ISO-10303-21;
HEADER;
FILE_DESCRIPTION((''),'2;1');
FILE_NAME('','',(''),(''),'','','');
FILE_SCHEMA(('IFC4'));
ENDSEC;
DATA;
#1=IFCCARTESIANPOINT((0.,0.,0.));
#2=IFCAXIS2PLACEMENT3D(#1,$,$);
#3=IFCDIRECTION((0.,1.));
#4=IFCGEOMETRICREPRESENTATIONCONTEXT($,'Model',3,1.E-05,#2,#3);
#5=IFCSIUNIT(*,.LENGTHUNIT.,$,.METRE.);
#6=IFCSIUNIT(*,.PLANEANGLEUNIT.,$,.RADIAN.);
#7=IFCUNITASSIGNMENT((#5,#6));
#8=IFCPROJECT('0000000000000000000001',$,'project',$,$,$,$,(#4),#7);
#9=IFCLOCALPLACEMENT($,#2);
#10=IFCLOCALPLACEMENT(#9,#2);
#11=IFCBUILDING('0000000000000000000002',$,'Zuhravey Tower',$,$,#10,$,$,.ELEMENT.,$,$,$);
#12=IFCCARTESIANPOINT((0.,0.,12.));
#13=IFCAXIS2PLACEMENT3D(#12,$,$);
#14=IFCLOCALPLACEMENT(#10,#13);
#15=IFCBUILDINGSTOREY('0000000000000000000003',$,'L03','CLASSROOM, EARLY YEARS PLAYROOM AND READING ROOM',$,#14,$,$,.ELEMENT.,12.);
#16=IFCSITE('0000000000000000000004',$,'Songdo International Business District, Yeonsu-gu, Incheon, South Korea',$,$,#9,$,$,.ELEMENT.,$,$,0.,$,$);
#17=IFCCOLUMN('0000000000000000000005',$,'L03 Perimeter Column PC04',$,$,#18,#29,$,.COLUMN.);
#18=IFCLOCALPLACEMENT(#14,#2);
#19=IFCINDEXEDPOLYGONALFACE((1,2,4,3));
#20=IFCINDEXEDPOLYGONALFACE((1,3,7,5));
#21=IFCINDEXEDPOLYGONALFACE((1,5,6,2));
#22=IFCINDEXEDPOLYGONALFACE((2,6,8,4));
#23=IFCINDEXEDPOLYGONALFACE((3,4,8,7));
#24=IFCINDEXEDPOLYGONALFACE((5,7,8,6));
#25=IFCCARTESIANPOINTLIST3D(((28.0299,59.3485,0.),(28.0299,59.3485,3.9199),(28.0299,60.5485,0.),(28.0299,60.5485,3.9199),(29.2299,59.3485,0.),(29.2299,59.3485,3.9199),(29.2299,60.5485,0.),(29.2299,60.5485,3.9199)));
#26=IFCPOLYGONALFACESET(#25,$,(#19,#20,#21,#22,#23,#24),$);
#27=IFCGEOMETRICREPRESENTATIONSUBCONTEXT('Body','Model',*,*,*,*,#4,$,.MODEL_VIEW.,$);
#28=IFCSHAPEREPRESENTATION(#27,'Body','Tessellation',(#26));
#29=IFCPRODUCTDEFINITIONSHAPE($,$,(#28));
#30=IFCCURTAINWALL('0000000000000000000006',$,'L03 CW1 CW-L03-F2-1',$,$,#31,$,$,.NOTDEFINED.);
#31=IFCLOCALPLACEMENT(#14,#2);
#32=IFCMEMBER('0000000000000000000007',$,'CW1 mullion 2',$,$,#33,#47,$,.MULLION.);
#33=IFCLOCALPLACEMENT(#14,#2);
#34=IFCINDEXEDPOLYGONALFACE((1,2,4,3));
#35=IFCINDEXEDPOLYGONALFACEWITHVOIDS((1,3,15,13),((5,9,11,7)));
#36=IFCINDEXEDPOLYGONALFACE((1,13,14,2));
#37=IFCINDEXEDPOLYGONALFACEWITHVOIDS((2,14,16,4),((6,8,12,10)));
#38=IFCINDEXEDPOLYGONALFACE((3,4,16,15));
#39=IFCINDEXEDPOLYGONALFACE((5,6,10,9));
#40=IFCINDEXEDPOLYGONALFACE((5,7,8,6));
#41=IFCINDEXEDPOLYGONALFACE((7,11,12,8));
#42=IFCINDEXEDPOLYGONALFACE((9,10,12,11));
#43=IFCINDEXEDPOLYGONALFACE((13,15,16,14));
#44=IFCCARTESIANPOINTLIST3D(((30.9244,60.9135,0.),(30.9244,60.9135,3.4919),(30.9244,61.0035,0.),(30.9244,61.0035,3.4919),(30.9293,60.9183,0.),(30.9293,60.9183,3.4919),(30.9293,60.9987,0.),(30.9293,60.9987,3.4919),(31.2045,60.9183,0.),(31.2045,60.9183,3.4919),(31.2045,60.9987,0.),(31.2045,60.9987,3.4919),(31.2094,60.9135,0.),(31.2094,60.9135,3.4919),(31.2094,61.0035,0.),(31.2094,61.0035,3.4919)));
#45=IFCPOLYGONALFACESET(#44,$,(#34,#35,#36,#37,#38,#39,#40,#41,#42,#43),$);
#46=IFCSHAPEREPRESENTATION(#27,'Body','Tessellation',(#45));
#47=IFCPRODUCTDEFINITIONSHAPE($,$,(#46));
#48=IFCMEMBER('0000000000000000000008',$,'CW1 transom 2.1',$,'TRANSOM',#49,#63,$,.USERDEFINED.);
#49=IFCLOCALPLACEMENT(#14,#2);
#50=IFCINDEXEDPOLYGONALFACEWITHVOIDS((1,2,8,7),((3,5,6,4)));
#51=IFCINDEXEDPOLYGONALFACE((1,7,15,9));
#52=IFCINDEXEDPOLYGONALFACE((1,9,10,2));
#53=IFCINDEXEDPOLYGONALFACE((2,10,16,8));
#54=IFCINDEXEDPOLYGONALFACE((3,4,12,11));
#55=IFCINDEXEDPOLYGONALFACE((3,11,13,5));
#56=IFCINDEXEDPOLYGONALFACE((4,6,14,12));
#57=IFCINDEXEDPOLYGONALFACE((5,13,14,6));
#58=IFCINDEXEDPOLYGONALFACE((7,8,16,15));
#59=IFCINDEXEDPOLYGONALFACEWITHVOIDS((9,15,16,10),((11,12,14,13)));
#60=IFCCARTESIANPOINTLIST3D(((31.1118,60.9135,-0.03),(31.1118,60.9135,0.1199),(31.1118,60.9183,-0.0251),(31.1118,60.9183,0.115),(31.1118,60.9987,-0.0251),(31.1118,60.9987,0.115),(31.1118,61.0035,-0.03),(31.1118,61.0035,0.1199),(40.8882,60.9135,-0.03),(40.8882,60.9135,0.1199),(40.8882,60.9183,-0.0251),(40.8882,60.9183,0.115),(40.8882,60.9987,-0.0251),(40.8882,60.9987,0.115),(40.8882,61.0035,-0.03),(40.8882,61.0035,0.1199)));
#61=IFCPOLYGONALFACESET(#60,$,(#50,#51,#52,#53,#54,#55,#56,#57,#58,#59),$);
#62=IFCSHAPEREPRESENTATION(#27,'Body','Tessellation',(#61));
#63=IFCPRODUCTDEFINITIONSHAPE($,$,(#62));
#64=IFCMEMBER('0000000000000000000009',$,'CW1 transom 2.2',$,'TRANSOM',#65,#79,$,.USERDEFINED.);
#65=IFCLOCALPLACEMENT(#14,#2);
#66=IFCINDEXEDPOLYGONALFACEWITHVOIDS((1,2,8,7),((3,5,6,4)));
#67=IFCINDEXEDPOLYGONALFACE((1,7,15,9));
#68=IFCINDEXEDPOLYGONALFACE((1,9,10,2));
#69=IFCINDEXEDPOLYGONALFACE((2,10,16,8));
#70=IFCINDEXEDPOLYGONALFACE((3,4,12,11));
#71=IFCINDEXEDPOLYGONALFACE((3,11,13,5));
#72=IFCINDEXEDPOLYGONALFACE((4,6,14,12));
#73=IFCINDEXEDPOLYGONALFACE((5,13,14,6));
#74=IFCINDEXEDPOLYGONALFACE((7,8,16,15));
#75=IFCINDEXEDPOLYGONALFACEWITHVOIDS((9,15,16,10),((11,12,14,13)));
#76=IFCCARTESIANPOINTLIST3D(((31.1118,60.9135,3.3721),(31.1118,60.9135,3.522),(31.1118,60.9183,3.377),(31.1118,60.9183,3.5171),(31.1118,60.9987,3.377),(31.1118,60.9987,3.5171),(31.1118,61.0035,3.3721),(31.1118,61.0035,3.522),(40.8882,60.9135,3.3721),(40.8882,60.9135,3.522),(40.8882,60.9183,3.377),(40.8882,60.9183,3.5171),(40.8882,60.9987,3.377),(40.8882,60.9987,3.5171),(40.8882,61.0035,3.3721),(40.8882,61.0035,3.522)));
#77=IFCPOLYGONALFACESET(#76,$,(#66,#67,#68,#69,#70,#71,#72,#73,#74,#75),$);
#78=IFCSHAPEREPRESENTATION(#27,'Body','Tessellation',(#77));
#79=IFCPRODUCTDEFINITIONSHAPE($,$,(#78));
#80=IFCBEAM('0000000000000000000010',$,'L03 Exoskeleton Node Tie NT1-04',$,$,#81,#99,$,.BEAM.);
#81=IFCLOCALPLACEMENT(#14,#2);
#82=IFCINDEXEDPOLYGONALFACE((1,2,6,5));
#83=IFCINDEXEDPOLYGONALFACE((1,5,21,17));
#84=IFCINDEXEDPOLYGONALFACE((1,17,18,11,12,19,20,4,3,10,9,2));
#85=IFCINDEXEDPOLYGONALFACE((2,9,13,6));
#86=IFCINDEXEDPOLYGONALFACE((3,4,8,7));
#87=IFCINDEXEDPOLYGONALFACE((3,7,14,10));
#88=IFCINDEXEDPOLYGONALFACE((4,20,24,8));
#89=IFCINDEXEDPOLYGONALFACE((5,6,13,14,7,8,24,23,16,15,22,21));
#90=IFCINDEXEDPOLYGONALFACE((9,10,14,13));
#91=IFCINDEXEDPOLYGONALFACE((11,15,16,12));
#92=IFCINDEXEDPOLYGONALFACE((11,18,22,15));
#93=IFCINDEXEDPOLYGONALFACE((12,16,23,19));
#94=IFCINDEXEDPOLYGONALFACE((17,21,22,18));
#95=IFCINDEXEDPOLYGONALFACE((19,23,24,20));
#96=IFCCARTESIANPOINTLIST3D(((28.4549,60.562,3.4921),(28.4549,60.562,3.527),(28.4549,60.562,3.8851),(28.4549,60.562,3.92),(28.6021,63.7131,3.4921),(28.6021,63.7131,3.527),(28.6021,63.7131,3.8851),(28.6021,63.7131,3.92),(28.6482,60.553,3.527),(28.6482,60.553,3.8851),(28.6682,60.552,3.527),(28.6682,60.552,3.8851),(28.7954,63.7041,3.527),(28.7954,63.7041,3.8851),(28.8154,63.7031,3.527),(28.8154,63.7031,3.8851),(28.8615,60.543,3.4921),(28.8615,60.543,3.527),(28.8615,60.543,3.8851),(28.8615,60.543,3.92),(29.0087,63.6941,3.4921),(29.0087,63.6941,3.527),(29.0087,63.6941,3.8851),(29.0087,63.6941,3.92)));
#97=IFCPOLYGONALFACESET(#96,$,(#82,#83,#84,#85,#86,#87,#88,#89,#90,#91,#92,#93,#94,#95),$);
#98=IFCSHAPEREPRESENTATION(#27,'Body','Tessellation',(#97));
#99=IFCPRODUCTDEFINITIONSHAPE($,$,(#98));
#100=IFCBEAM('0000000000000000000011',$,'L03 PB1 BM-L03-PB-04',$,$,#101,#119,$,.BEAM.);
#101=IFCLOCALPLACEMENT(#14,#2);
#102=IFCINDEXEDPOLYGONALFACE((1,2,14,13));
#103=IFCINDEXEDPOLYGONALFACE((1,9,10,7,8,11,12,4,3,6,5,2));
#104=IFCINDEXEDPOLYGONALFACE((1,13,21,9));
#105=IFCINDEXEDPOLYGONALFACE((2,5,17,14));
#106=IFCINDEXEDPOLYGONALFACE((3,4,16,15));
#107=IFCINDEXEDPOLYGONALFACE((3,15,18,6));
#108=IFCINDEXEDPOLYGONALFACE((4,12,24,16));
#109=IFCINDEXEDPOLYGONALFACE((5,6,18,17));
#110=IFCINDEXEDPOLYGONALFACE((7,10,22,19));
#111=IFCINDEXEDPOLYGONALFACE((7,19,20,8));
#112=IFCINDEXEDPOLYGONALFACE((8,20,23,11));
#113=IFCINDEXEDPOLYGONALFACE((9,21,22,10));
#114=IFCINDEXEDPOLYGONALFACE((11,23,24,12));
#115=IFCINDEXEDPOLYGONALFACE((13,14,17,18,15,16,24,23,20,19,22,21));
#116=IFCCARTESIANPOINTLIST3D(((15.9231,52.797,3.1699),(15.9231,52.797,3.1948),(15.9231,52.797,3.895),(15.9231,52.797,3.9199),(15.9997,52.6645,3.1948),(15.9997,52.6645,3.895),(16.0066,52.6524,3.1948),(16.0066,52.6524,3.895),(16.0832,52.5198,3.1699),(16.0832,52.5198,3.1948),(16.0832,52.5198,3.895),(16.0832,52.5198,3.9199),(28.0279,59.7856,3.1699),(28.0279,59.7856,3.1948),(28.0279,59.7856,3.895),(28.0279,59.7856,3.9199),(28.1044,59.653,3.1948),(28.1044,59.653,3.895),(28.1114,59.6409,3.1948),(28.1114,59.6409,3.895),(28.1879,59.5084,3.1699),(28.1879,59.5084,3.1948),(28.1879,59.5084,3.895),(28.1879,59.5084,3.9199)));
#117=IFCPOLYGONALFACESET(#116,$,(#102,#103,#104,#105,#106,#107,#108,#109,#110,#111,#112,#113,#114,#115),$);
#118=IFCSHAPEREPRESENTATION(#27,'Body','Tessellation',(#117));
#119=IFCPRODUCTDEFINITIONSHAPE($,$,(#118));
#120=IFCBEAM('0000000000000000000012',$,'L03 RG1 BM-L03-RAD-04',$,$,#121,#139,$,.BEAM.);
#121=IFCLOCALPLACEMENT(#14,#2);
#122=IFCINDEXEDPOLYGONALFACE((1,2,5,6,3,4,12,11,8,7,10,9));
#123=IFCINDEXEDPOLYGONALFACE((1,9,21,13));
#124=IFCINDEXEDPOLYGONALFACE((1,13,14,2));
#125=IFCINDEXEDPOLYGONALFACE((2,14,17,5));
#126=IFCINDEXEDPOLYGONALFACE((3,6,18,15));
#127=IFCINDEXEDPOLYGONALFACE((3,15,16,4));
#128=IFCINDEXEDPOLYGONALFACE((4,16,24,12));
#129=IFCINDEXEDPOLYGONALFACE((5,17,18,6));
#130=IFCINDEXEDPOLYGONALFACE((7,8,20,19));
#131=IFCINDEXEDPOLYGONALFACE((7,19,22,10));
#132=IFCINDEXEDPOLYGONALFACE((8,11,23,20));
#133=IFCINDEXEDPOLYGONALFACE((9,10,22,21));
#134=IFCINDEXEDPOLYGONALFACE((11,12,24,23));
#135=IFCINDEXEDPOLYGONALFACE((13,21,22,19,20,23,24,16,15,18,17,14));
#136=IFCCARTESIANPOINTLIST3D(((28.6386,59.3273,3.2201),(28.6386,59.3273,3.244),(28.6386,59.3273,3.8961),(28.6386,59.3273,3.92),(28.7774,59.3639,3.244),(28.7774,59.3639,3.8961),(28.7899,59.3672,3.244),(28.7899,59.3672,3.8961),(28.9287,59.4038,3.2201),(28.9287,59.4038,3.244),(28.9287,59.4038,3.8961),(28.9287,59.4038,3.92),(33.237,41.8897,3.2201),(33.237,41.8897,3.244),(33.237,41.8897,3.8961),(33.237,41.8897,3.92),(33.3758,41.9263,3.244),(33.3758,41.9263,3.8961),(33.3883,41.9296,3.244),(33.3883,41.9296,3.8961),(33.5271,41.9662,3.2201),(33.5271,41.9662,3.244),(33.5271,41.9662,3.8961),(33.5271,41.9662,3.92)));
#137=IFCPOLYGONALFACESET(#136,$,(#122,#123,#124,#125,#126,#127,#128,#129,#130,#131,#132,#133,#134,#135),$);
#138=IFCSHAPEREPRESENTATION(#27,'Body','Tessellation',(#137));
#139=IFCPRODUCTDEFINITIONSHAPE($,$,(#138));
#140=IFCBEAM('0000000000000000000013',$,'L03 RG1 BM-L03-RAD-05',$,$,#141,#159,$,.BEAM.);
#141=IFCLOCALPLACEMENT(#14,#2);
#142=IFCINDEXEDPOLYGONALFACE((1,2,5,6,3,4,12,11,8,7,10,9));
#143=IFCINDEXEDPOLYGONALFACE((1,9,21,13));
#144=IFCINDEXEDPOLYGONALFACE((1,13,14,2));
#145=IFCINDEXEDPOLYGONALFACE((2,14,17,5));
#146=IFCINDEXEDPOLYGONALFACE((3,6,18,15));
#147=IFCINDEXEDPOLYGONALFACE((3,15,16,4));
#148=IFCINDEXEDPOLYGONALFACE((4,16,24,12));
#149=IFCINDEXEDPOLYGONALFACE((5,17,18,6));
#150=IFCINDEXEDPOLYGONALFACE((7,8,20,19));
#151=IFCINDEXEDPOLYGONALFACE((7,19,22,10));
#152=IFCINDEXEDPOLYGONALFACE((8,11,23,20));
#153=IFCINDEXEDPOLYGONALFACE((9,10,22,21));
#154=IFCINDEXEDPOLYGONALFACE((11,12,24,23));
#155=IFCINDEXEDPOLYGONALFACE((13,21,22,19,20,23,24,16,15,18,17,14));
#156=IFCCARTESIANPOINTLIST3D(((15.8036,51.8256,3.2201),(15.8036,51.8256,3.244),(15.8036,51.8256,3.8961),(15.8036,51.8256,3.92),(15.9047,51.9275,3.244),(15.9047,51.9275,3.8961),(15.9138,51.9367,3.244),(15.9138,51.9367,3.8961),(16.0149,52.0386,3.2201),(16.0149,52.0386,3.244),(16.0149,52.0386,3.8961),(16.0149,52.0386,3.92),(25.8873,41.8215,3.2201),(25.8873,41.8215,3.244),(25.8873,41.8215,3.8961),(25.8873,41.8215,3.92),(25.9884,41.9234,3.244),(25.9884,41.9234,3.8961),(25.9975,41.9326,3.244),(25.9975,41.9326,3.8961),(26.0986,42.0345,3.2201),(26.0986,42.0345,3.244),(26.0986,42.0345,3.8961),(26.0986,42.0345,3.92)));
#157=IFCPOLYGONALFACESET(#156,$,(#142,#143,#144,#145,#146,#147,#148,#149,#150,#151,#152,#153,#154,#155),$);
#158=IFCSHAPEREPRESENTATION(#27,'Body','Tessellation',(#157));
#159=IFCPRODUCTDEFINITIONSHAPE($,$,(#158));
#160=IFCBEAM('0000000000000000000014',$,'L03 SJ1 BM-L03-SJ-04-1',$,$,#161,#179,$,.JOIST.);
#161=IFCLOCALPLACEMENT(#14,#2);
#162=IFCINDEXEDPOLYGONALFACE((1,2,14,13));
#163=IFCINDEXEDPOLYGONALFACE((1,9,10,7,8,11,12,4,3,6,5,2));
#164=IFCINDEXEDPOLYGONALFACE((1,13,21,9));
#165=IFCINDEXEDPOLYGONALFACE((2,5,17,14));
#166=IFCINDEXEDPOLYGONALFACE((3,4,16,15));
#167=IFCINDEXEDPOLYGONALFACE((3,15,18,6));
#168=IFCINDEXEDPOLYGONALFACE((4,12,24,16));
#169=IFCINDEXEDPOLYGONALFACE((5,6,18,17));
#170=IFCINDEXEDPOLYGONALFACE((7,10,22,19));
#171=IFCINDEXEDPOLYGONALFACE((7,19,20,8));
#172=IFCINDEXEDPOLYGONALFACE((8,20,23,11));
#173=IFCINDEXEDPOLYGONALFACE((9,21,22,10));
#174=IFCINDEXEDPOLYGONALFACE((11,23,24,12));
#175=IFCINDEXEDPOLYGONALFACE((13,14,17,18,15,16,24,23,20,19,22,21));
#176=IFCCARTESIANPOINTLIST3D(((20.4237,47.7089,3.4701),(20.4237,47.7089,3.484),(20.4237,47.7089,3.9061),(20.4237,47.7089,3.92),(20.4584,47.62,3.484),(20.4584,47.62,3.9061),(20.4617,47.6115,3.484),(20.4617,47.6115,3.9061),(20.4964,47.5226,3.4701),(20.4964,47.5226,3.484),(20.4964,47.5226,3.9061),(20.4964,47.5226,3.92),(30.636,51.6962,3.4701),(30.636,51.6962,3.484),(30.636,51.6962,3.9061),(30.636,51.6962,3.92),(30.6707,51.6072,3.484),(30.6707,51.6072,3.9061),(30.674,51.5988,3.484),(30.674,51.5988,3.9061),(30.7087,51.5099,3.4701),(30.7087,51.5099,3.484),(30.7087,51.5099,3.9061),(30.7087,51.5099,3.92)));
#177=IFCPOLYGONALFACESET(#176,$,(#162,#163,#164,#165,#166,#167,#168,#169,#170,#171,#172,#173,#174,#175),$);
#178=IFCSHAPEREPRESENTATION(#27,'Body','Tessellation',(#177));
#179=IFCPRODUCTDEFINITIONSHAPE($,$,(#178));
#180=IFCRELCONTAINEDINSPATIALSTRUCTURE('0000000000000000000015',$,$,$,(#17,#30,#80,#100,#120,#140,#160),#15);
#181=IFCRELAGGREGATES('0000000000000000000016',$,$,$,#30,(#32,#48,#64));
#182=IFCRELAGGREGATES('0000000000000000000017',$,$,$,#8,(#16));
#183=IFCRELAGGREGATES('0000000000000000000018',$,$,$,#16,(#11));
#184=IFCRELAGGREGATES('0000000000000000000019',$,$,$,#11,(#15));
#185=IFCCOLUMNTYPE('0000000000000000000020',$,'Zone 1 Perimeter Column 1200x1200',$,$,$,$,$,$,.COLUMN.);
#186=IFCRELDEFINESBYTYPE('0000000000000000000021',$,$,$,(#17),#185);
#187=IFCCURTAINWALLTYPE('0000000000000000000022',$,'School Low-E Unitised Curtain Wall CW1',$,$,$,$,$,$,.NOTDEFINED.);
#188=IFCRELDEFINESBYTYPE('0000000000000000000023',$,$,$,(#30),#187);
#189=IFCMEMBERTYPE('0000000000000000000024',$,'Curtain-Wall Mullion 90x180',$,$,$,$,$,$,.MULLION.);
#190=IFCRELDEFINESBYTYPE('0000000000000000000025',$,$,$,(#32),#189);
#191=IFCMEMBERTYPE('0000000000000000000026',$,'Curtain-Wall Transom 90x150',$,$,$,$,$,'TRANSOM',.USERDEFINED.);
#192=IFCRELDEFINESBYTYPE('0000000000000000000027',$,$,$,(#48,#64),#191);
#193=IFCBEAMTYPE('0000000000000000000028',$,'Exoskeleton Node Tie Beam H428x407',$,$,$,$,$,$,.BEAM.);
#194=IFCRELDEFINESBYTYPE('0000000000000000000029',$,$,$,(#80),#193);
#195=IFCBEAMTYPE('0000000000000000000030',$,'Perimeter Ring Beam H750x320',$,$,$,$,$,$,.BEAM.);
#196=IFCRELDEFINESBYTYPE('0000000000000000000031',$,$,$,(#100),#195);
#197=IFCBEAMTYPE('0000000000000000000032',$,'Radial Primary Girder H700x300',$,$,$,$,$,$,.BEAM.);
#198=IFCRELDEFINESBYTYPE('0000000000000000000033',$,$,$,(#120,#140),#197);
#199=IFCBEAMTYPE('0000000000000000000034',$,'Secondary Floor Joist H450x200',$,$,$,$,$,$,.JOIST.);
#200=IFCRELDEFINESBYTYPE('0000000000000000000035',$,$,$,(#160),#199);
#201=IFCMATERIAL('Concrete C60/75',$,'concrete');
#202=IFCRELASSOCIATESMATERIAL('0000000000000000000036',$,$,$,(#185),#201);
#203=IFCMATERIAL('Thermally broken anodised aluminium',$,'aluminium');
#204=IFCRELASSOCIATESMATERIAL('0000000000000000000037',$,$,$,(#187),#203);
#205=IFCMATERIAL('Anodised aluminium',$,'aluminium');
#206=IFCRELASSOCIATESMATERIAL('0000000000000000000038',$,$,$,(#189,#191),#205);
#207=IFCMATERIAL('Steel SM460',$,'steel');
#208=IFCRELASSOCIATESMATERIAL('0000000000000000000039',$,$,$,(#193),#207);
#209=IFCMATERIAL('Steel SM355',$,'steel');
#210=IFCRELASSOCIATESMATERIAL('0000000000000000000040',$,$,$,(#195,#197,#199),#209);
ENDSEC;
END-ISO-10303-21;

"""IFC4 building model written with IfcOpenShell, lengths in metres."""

from ifc_helpers import new_model, si_unit, direction, frame, origin, origin_2d, place, context, subcontext, project, spatial, rectangle, hollow_rectangle, i_section, extrude, material, material_profile, profile_set, type_object, element, aggregate, save


model = new_model("IFC4")

# Units and contexts
model_context = context("Model", 3, precision=1e-05, world=origin(), true_north=direction((0.0, 1.0)))
body_context = subcontext(model_context, "Body", "Model", "MODEL_VIEW")
ifc_project = project(units=[si_unit("LENGTHUNIT", "METRE"), si_unit("PLANEANGLEUNIT", "RADIAN")], contexts=[model_context])

# Site, building, storey
site_placement = place(None, origin())
site = spatial("IfcSite", under=ifc_project, at=site_placement, Name="Songdo International Business District, Yeonsu-gu, Incheon, South Korea", CompositionType="ELEMENT", RefElevation=0.0)
building_placement = place(site_placement, origin())
building = spatial("IfcBuilding", under=site, at=building_placement, Name="Zuhravey Tower", CompositionType="ELEMENT")
storey_placement = place(building_placement, frame((0.0, 0.0, 12.0)))
storey = spatial("IfcBuildingStorey", under=building, at=storey_placement, Name="L03", Description="CLASSROOM, EARLY YEARS PLAYROOM AND READING ROOM", CompositionType="ELEMENT", Elevation=12.0)

# Column
ifc_material_1 = material(Name="Concrete C60/75", Category="concrete")
ifc_material_profile_1 = material_profile(ifc_material_1, rectangle(XDim=1.2, YDim=1.2, at=origin_2d()), Name="RC-1200x1200")
ifc_profile_set_1 = profile_set([ifc_material_profile_1], Name="Concrete C60/75")
column_type = type_object("IfcColumnType", Name="Zone 1 Perimeter Column 1200x1200", PredefinedType="COLUMN", material=ifc_profile_set_1)
column_placement = place(storey_placement, frame((28.6299, 59.9485, 0.0), z_axis=(0.0, 0.0, 1.0), x_axis=(-1.0, 0.0, 0.0)))
element("IfcColumn", 1, at=column_placement, inside=storey, type_object=column_type, Name="L03 Perimeter Column PC04", PredefinedType="COLUMN", context=body_context, shape_type="SweptSolid", body=[
    extrude(rectangle(XDim=1.2, YDim=1.2, at=origin_2d()), origin(), (0.0, 0.0, 1.0), 3.9199),
])

# Curtain wall, members
ifc_material_2 = material(Name="Thermally broken anodised aluminium", Category="aluminium")
curtain_wall_type = type_object("IfcCurtainWallType", Name="School Low-E Unitised Curtain Wall CW1", PredefinedType="NOTDEFINED", material=ifc_material_2)
curtain_wall_placement = place(storey_placement, origin())
curtain_wall = element("IfcCurtainWall", 2, at=curtain_wall_placement, inside=storey, type_object=curtain_wall_type, Name="L03 CW1 CW-L03-F2-1", PredefinedType="NOTDEFINED")
ifc_material_3 = material(Name="Anodised aluminium", Category="aluminium")
ifc_material_profile_2 = material_profile(ifc_material_3, hollow_rectangle(XDim=0.0901, YDim=0.2849, WallThickness=0.0049, at=origin_2d()), Name="ALU-RHS-90x285x5")
ifc_profile_set_2 = profile_set([ifc_material_profile_2], Name="Anodised aluminium")
member_type_1 = type_object("IfcMemberType", Name="Curtain-Wall Mullion 90x180", PredefinedType="MULLION", material=ifc_profile_set_2)
member_1_placement = place(storey_placement, frame((31.0669, 60.9585, 0.0), z_axis=(0.0, 0.0, 1.0), x_axis=(0.0, 1.0, 0.0)))
member_1 = element("IfcMember", 3, at=member_1_placement, type_object=member_type_1, Name="CW1 mullion 2", PredefinedType="MULLION", context=body_context, shape_type="SweptSolid", body=[
    extrude(hollow_rectangle(XDim=0.0901, YDim=0.2849, WallThickness=0.0049, at=origin_2d()), origin(), (0.0, 0.0, 1.0), 3.4919),
])
ifc_material_profile_3 = material_profile(ifc_material_3, hollow_rectangle(XDim=0.0901, YDim=0.1499, WallThickness=0.0049, at=origin_2d()), Name="ALU-RHS-90x150x5")
ifc_profile_set_3 = profile_set([ifc_material_profile_3], Name="Anodised aluminium")
member_type_2 = type_object("IfcMemberType", Name="Curtain-Wall Transom 90x150", ElementType="TRANSOM", PredefinedType="USERDEFINED", material=ifc_profile_set_3)
member_2_placement = place(storey_placement, frame((31.1118, 60.9585, 0.0449), z_axis=(1.0, 0.0, 0.0), x_axis=(0.0, 1.0, 0.0)))
member_2 = element("IfcMember", 4, at=member_2_placement, type_object=member_type_2, Name="CW1 transom 2.1", ObjectType="TRANSOM", PredefinedType="USERDEFINED", context=body_context, shape_type="SweptSolid", body=[
    extrude(hollow_rectangle(XDim=0.0901, YDim=0.1499, WallThickness=0.0049, at=origin_2d()), origin(), (0.0, 0.0, 1.0), 9.7764),
])
member_3_placement = place(storey_placement, frame((31.1118, 60.9585, 3.447), z_axis=(1.0, 0.0, 0.0), x_axis=(0.0, 1.0, 0.0)))
member_3 = element("IfcMember", 5, at=member_3_placement, type_object=member_type_2, Name="CW1 transom 2.2", ObjectType="TRANSOM", PredefinedType="USERDEFINED", context=body_context, shape_type="SweptSolid", body=[
    extrude(hollow_rectangle(XDim=0.0901, YDim=0.1499, WallThickness=0.0049, at=origin_2d()), origin(), (0.0, 0.0, 1.0), 9.7764),
])

# Beams
ifc_material_4 = material(Name="Steel SM460", Category="steel")
ifc_material_profile_4 = material_profile(ifc_material_4, i_section(OverallWidth=0.407, OverallDepth=0.428, WebThickness=0.02, FlangeThickness=0.0349, at=origin_2d()), Name="H-428x407x20x35")
ifc_profile_set_4 = profile_set([ifc_material_profile_4], Name="Steel SM460")
beam_type_1 = type_object("IfcBeamType", Name="Exoskeleton Node Tie Beam H428x407", PredefinedType="BEAM", material=ifc_profile_set_4)
beam_1_placement = place(storey_placement, frame((28.6582, 60.5525, 3.7061), z_axis=(0.046668, 0.99891, 0.0), x_axis=(-0.99891, 0.046668, 0.0)))
element("IfcBeam", 6, at=beam_1_placement, inside=storey, type_object=beam_type_1, Name="L03 Exoskeleton Node Tie NT1-04", PredefinedType="BEAM", context=body_context, shape_type="SweptSolid", body=[
    extrude(i_section(OverallWidth=0.407, OverallDepth=0.428, WebThickness=0.02, FlangeThickness=0.0349, at=origin_2d()), origin(), (0.0, 0.0, 1.0), 3.1545),
])
ifc_material_5 = material(Name="Steel SM355", Category="steel")
ifc_material_profile_5 = material_profile(ifc_material_5, i_section(OverallWidth=0.3201, OverallDepth=0.75, WebThickness=0.0139, FlangeThickness=0.0249, at=origin_2d()), Name="H-750x320x14x25")
ifc_profile_set_5 = profile_set([ifc_material_profile_5], Name="Steel SM355")
beam_type_2 = type_object("IfcBeamType", Name="Perimeter Ring Beam H750x320", PredefinedType="BEAM", material=ifc_profile_set_5)
beam_2_placement = place(storey_placement, frame((28.1079, 59.647, 3.5449), z_axis=(-0.86603, -0.499992, 0.0), x_axis=(0.499992, -0.86603, 0.0)))
element("IfcBeam", 7, at=beam_2_placement, inside=storey, type_object=beam_type_2, Name="L03 PB1 BM-L03-PB-04", PredefinedType="BEAM", context=body_context, shape_type="SweptSolid", body=[
    extrude(i_section(OverallWidth=0.3201, OverallDepth=0.75, WebThickness=0.0139, FlangeThickness=0.0249, at=origin_2d()), origin(), (0.0, 0.0, 1.0), 13.9773),
])
ifc_material_profile_6 = material_profile(ifc_material_5, i_section(OverallWidth=0.3, OverallDepth=0.7, WebThickness=0.0129, FlangeThickness=0.0239, at=origin_2d()), Name="H-700x300x13x24")
ifc_profile_set_6 = profile_set([ifc_material_profile_6], Name="Steel SM355")
beam_type_3 = type_object("IfcBeamType", Name="Radial Primary Girder H700x300", PredefinedType="BEAM", material=ifc_profile_set_6)
beam_3_placement = place(storey_placement, frame((33.3821, 41.928, 3.5701), z_axis=(-0.25499, 0.966944, 0.0), x_axis=(-0.966944, -0.25499, 0.0)))
element("IfcBeam", 8, at=beam_3_placement, inside=storey, type_object=beam_type_3, Name="L03 RG1 BM-L03-RAD-04", PredefinedType="BEAM", context=body_context, shape_type="SweptSolid", body=[
    extrude(i_section(OverallWidth=0.3, OverallDepth=0.7, WebThickness=0.0129, FlangeThickness=0.0239, at=origin_2d()), origin(), (0.0, 0.0, 1.0), 18.0337),
])
beam_4_placement = place(storey_placement, frame((25.9929, 41.928, 3.5701), z_axis=(-0.709903, 0.7043, 0.0), x_axis=(-0.7043, -0.709903, 0.0)))
element("IfcBeam", 9, at=beam_4_placement, inside=storey, type_object=beam_type_3, Name="L03 RG1 BM-L03-RAD-05", PredefinedType="BEAM", context=body_context, shape_type="SweptSolid", body=[
    extrude(i_section(OverallWidth=0.3, OverallDepth=0.7, WebThickness=0.0129, FlangeThickness=0.0239, at=origin_2d()), origin(), (0.0, 0.0, 1.0), 14.2043),
])
ifc_material_profile_7 = material_profile(ifc_material_5, i_section(OverallWidth=0.2, OverallDepth=0.45, WebThickness=0.009, FlangeThickness=0.0139, at=origin_2d()), Name="H-450x200x9x14")
ifc_profile_set_7 = profile_set([ifc_material_profile_7], Name="Steel SM355")
beam_type_4 = type_object("IfcBeamType", Name="Secondary Floor Joist H450x200", PredefinedType="JOIST", material=ifc_profile_set_7)
beam_5_placement = place(storey_placement, frame((30.6724, 51.603, 3.6951), z_axis=(-0.931517, -0.363699, 0.0), x_axis=(0.363699, -0.931517, 0.0)))
element("IfcBeam", 10, at=beam_5_placement, inside=storey, type_object=beam_type_4, Name="L03 SJ1 BM-L03-SJ-04-1", PredefinedType="JOIST", context=body_context, shape_type="SweptSolid", body=[
    extrude(i_section(OverallWidth=0.2, OverallDepth=0.45, WebThickness=0.009, FlangeThickness=0.0139, at=origin_2d()), origin(), (0.0, 0.0, 1.0), 10.9631),
])

aggregate(curtain_wall, [member_1, member_2, member_3])

save(model, "model.ifc")
